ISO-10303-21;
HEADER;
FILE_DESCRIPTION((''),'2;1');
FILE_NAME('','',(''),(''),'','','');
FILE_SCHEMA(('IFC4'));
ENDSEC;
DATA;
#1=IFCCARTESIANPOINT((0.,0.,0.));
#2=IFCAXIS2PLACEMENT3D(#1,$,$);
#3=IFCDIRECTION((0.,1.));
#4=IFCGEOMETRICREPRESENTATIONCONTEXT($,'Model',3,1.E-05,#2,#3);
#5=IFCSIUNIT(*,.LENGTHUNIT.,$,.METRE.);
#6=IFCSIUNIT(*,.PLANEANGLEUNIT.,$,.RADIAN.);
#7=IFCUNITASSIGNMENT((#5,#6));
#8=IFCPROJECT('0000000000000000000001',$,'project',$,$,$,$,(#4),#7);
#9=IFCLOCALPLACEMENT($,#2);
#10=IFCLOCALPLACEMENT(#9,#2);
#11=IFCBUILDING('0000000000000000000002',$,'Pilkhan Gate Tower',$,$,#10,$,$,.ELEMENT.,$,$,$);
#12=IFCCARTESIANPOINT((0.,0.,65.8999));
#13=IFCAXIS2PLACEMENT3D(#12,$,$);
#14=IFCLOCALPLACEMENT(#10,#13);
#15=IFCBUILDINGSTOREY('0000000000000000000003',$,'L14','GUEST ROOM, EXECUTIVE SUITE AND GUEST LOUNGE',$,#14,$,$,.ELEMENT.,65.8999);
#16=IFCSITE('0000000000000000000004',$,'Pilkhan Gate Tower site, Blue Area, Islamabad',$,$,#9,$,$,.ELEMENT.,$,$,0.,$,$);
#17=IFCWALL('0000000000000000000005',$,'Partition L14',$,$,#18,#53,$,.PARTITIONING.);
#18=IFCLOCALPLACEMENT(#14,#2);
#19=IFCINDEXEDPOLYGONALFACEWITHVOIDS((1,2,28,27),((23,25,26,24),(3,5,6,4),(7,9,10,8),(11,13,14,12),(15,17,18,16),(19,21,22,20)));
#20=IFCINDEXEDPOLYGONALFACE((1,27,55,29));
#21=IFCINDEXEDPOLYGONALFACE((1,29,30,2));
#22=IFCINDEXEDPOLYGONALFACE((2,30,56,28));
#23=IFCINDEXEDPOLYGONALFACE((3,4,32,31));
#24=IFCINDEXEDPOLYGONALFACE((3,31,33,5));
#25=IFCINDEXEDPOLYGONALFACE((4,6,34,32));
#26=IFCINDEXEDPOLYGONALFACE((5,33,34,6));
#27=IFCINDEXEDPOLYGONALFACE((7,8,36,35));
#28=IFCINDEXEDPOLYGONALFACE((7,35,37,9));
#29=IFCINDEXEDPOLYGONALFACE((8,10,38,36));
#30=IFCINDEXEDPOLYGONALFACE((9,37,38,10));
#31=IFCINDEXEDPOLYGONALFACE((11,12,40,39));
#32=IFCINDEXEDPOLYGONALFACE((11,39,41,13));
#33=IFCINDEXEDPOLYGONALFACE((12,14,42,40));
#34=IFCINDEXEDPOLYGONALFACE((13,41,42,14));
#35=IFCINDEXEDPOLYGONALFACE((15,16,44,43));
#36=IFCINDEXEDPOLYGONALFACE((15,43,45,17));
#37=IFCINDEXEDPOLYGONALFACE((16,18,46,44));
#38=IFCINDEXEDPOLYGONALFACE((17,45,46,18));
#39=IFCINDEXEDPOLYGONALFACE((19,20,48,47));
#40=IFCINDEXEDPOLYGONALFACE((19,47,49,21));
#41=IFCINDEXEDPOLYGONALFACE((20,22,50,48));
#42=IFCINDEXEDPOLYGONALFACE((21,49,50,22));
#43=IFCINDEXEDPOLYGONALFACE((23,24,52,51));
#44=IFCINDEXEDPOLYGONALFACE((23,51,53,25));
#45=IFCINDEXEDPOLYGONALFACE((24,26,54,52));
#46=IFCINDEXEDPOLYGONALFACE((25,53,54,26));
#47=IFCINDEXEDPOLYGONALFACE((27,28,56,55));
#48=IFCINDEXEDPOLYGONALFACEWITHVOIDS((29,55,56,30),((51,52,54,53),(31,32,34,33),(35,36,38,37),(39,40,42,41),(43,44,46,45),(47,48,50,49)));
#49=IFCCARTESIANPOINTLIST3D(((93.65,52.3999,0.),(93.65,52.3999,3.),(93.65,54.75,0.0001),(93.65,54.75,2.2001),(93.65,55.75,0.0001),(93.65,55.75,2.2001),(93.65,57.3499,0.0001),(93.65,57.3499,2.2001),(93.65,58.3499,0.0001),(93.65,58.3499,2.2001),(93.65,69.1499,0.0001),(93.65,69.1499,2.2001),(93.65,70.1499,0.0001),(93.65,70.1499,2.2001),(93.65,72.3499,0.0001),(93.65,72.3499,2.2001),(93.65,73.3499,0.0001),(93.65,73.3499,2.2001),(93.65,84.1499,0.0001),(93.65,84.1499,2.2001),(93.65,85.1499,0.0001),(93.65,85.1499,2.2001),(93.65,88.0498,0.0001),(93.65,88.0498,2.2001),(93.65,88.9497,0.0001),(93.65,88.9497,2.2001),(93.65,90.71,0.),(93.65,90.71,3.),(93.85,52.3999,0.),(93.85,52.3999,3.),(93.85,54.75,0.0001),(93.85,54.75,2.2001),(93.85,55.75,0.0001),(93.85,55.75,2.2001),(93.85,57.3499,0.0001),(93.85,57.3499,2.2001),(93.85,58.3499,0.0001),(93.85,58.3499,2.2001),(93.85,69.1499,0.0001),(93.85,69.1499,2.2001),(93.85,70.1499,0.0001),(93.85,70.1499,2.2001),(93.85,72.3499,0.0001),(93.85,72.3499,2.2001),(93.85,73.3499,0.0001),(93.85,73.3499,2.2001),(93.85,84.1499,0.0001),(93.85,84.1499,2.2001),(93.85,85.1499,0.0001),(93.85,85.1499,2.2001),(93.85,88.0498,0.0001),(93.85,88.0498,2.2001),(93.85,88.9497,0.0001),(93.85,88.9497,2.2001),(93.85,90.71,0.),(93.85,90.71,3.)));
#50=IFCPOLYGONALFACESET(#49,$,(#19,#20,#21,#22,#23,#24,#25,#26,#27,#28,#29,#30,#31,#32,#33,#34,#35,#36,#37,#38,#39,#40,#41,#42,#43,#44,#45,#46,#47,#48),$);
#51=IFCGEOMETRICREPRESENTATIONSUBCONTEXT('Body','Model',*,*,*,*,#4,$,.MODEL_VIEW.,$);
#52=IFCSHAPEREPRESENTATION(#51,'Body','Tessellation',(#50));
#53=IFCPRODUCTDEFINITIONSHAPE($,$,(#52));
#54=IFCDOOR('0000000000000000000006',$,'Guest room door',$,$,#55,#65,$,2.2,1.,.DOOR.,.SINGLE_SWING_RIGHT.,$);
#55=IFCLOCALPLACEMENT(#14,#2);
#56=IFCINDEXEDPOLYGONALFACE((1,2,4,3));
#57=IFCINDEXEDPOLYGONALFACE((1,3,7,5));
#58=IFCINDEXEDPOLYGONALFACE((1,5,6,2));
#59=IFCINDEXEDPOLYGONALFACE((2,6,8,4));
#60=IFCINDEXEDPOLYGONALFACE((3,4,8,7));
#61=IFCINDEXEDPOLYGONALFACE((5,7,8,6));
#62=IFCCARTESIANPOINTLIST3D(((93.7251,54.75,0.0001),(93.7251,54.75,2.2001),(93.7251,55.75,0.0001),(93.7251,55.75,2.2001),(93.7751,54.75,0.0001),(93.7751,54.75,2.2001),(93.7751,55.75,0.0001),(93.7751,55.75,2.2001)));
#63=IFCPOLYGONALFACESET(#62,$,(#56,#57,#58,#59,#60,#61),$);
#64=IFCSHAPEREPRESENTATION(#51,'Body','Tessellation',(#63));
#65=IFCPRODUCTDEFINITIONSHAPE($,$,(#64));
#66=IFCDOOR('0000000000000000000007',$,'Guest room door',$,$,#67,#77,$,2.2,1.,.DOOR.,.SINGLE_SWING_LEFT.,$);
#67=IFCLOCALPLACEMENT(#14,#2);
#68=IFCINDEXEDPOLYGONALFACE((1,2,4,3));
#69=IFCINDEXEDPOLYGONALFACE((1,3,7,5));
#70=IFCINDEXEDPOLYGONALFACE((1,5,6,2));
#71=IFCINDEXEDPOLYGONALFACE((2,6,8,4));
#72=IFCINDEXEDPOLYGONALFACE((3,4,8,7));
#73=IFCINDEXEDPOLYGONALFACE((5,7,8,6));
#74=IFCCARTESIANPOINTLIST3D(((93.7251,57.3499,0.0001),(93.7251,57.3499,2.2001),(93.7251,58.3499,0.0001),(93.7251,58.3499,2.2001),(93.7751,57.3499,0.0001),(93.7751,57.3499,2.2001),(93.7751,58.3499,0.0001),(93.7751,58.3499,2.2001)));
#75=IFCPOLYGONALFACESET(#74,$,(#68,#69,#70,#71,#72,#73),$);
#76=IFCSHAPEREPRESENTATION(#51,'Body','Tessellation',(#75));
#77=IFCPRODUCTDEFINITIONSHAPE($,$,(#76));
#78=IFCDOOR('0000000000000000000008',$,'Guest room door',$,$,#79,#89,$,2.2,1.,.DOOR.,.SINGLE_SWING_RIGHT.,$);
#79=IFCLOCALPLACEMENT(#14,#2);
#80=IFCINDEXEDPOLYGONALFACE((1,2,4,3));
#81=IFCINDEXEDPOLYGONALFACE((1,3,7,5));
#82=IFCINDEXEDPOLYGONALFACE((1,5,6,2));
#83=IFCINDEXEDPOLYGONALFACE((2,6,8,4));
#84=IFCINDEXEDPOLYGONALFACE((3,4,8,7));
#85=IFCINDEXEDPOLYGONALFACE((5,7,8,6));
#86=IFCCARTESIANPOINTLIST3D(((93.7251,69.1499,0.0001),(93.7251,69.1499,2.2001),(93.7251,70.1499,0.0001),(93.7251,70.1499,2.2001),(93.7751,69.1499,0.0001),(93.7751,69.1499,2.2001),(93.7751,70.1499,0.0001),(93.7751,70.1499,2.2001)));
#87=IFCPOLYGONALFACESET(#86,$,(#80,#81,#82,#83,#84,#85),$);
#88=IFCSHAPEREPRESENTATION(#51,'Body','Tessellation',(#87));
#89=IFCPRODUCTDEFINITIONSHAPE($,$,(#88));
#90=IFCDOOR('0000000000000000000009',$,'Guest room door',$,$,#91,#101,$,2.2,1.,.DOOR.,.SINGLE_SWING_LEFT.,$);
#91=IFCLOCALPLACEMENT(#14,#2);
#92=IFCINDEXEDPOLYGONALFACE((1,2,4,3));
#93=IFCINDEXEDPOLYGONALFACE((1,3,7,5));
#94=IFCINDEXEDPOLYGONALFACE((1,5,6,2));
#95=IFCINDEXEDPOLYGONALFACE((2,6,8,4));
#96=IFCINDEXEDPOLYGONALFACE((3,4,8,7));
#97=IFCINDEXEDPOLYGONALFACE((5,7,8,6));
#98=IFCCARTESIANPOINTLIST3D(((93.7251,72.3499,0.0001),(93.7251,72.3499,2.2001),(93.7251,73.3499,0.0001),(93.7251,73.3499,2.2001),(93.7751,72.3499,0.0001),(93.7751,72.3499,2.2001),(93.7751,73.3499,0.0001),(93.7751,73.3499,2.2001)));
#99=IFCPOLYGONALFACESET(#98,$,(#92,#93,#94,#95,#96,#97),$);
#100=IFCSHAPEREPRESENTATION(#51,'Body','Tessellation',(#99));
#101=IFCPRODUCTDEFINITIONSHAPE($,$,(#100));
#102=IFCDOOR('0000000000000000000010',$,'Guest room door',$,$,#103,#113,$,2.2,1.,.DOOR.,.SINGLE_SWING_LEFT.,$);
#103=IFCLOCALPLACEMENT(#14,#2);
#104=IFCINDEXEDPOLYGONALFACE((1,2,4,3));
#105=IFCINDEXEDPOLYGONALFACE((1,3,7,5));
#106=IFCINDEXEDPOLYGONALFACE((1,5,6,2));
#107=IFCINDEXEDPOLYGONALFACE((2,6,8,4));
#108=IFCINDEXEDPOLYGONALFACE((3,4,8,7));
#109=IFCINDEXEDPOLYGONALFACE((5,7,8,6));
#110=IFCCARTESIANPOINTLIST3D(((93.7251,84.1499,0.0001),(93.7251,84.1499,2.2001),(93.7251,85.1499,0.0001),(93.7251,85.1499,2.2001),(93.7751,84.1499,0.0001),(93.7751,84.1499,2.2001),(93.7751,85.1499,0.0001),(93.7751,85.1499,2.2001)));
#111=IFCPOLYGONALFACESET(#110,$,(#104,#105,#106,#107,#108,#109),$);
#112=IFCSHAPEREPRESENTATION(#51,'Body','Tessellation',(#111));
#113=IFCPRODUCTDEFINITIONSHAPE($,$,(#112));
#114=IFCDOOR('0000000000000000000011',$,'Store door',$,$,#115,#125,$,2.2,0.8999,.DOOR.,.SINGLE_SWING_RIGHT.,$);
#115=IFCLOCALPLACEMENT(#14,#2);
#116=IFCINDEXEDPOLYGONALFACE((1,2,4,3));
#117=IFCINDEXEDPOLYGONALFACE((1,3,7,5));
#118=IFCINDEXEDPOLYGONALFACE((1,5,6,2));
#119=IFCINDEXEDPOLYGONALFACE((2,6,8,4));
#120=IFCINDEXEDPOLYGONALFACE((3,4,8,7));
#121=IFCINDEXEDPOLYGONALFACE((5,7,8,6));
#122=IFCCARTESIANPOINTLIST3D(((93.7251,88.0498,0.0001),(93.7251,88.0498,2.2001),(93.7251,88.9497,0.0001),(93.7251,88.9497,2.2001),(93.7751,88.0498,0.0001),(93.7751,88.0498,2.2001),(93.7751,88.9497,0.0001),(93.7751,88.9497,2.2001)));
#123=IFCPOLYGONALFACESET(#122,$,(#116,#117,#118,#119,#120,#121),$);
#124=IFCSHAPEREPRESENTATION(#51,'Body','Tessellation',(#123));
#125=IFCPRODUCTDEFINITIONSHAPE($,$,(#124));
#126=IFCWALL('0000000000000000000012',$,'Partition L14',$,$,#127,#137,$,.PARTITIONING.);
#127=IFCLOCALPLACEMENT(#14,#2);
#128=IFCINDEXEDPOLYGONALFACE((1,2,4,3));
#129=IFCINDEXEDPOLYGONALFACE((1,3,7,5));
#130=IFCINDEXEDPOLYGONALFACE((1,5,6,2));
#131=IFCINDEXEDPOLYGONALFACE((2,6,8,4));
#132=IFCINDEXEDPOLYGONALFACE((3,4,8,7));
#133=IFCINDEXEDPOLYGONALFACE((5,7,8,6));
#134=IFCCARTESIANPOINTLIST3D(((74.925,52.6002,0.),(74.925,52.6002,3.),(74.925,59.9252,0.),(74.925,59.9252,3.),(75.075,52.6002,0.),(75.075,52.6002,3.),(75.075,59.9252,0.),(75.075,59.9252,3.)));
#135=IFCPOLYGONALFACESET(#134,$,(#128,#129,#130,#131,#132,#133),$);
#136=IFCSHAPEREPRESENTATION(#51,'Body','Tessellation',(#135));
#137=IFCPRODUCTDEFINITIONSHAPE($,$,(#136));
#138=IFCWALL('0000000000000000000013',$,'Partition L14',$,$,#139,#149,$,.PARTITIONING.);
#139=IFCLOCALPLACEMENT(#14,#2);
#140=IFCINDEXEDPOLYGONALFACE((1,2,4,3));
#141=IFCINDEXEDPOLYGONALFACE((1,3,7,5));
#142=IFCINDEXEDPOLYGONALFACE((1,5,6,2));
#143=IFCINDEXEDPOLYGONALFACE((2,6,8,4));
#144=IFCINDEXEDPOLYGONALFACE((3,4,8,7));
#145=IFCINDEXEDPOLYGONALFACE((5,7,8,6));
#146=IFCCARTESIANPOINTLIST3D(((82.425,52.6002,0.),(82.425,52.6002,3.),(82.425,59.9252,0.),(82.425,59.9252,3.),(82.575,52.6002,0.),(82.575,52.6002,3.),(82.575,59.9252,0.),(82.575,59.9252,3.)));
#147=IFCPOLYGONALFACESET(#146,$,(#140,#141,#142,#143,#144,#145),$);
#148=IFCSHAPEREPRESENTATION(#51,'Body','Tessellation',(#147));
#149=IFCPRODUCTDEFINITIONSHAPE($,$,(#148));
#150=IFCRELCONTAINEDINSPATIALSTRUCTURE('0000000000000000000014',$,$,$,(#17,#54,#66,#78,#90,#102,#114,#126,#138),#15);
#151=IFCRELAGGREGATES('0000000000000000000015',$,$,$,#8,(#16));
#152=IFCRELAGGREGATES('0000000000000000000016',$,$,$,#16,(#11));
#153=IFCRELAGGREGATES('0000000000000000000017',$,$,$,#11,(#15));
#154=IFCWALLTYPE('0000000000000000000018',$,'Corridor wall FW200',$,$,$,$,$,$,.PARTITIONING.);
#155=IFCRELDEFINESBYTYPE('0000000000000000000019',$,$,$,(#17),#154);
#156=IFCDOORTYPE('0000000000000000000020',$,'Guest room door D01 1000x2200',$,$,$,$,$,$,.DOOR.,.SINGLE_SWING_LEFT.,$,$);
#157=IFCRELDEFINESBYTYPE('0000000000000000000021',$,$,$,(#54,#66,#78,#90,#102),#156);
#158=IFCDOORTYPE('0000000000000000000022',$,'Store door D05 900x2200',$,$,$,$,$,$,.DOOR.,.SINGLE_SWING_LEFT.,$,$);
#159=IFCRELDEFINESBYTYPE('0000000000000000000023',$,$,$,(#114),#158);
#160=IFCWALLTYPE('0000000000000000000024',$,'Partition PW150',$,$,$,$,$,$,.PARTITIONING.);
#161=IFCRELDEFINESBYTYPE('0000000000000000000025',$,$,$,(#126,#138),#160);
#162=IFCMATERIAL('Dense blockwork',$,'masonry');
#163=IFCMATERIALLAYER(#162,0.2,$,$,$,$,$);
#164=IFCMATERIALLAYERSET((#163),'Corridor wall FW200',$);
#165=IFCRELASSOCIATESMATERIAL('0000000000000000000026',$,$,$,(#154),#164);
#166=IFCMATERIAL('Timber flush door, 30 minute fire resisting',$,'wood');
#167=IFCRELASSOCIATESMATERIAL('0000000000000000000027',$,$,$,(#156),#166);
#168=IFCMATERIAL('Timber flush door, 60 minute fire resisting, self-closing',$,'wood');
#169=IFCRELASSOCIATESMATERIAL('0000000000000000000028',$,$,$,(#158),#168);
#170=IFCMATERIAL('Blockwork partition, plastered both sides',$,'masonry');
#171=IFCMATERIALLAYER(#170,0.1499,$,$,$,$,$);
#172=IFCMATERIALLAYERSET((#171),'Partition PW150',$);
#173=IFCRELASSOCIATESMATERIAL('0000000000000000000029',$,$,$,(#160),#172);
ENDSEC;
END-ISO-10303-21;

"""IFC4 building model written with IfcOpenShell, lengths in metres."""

from ifc_helpers import new_model, si_unit, direction, frame, frame_2d, origin, place, context, subcontext, project, spatial, rectangle, extrude, material, layer, layer_set, type_object, element, fill, save


model = new_model("IFC4")

# Units and contexts
model_context = context("Model", 3, precision=1e-05, world=origin(), true_north=direction((0.0, 1.0)))
body_context = subcontext(model_context, "Body", "Model", "MODEL_VIEW")
ifc_project = project(units=[si_unit("LENGTHUNIT", "METRE"), si_unit("PLANEANGLEUNIT", "RADIAN")], contexts=[model_context])

# Site, building, storey
site_placement = place(None, origin())
site = spatial("IfcSite", under=ifc_project, at=site_placement, Name="Pilkhan Gate Tower site, Blue Area, Islamabad", CompositionType="ELEMENT", RefElevation=0.0)
building_placement = place(site_placement, origin())
building = spatial("IfcBuilding", under=site, at=building_placement, Name="Pilkhan Gate Tower", CompositionType="ELEMENT")
storey_placement = place(building_placement, frame((0.0, 0.0, 65.8999)))
storey = spatial("IfcBuildingStorey", under=building, at=storey_placement, Name="L14", Description="GUEST ROOM, EXECUTIVE SUITE AND GUEST LOUNGE", CompositionType="ELEMENT", Elevation=65.8999)

# Shared definitions
ifc_material_1 = material(Name="Dense blockwork", Category="masonry")
ifc_layer_1 = layer(ifc_material_1, 0.2)
ifc_layer_set_1 = layer_set([ifc_layer_1], Name="Corridor wall FW200")
wall_type_1 = type_object("IfcWallType", Name="Corridor wall FW200", PredefinedType="PARTITIONING", material=ifc_layer_set_1)

# Wall, openings, doors
ifc_material_2 = material(Name="Timber flush door, 30 minute fire resisting", Category="wood")
wall_1_placement = place(storey_placement, frame((93.75, 52.3999, 0.0), z_axis=(0.0, 0.0, 1.0), x_axis=(0.0, 1.0, 0.0)))
wall_1 = element("IfcWall", 1, at=wall_1_placement, inside=storey, type_object=wall_type_1, Name="Partition L14", PredefinedType="PARTITIONING", context=body_context, shape_type="SweptSolid", body=[
    extrude(rectangle(XDim=38.3101, YDim=0.2, at=frame_2d((19.155, 0.0))), origin(), (0.0, 0.0, 1.0), 3.0),
])
opening_1_placement = place(wall_1_placement, frame((2.3501, 0.0, 0.0)))
opening_1 = element("IfcOpeningElement", 2, at=opening_1_placement, cuts=wall_1, PredefinedType="OPENING", context=body_context, shape_type="SweptSolid", body=[
    extrude(rectangle(XDim=1.0, YDim=2.2, at=frame_2d((0.5, 1.1001))), frame((0.0, 0.1099, 0.0), z_axis=(0.0, -1.0, 0.0), x_axis=(1.0, 0.0, 0.0)), (0.0, 0.0, 1.0), 0.22),
])
opening_2_placement = place(wall_1_placement, frame((4.95, 0.0, 0.0)))
opening_2 = element("IfcOpeningElement", 3, at=opening_2_placement, cuts=wall_1, PredefinedType="OPENING", context=body_context, shape_type="SweptSolid", body=[
    extrude(rectangle(XDim=1.0, YDim=2.2, at=frame_2d((0.5, 1.1001))), frame((0.0, 0.1099, 0.0), z_axis=(0.0, -1.0, 0.0), x_axis=(1.0, 0.0, 0.0)), (0.0, 0.0, 1.0), 0.22),
])
opening_3_placement = place(wall_1_placement, frame((16.75, 0.0, 0.0)))
opening_3 = element("IfcOpeningElement", 4, at=opening_3_placement, cuts=wall_1, PredefinedType="OPENING", context=body_context, shape_type="SweptSolid", body=[
    extrude(rectangle(XDim=1.0, YDim=2.2, at=frame_2d((0.5, 1.1001))), frame((0.0, 0.1099, 0.0), z_axis=(0.0, -1.0, 0.0), x_axis=(1.0, 0.0, 0.0)), (0.0, 0.0, 1.0), 0.22),
])
opening_4_placement = place(wall_1_placement, frame((19.95, 0.0, 0.0)))
opening_4 = element("IfcOpeningElement", 5, at=opening_4_placement, cuts=wall_1, PredefinedType="OPENING", context=body_context, shape_type="SweptSolid", body=[
    extrude(rectangle(XDim=1.0, YDim=2.2, at=frame_2d((0.5, 1.1001))), frame((0.0, 0.1099, 0.0), z_axis=(0.0, -1.0, 0.0), x_axis=(1.0, 0.0, 0.0)), (0.0, 0.0, 1.0), 0.22),
])
opening_5_placement = place(wall_1_placement, frame((31.75, 0.0, 0.0)))
opening_5 = element("IfcOpeningElement", 6, at=opening_5_placement, cuts=wall_1, PredefinedType="OPENING", context=body_context, shape_type="SweptSolid", body=[
    extrude(rectangle(XDim=1.0, YDim=2.2, at=frame_2d((0.5, 1.1001))), frame((0.0, 0.1099, 0.0), z_axis=(0.0, -1.0, 0.0), x_axis=(1.0, 0.0, 0.0)), (0.0, 0.0, 1.0), 0.22),
])
opening_6_placement = place(wall_1_placement, frame((35.6499, 0.0, 0.0)))
opening_6 = element("IfcOpeningElement", 7, at=opening_6_placement, cuts=wall_1, PredefinedType="OPENING", context=body_context, shape_type="SweptSolid", body=[
    extrude(rectangle(XDim=0.8999, YDim=2.2, at=frame_2d((0.45, 1.1001))), frame((0.0, 0.1099, 0.0), z_axis=(0.0, -1.0, 0.0), x_axis=(1.0, 0.0, 0.0)), (0.0, 0.0, 1.0), 0.22),
])
door_type_1 = type_object("IfcDoorType", Name="Guest room door D01 1000x2200", OperationType="SINGLE_SWING_LEFT", PredefinedType="DOOR", material=ifc_material_2)
door_1_placement = place(opening_1_placement, origin())
door_1 = element("IfcDoor", 8, at=door_1_placement, inside=storey, type_object=door_type_1, Name="Guest room door", OperationType="SINGLE_SWING_RIGHT", OverallHeight=2.2, OverallWidth=1.0, PredefinedType="DOOR", context=body_context, shape_type="SweptSolid", body=[
    extrude(rectangle(XDim=1.0, YDim=2.2, at=frame_2d((0.5, 1.1001))), frame((0.0, 0.0249, 0.0), z_axis=(0.0, -1.0, 0.0), x_axis=(1.0, 0.0, 0.0)), (0.0, 0.0, 1.0), 0.05),
])
fill(opening_1, door_1)
door_2_placement = place(opening_2_placement, origin())
door_2 = element("IfcDoor", 9, at=door_2_placement, inside=storey, type_object=door_type_1, Name="Guest room door", OperationType="SINGLE_SWING_LEFT", OverallHeight=2.2, OverallWidth=1.0, PredefinedType="DOOR", context=body_context, shape_type="SweptSolid", body=[
    extrude(rectangle(XDim=1.0, YDim=2.2, at=frame_2d((0.5, 1.1001))), frame((0.0, 0.0249, 0.0), z_axis=(0.0, -1.0, 0.0), x_axis=(1.0, 0.0, 0.0)), (0.0, 0.0, 1.0), 0.05),
])
fill(opening_2, door_2)
door_3_placement = place(opening_3_placement, origin())
door_3 = element("IfcDoor", 10, at=door_3_placement, inside=storey, type_object=door_type_1, Name="Guest room door", OperationType="SINGLE_SWING_RIGHT", OverallHeight=2.2, OverallWidth=1.0, PredefinedType="DOOR", context=body_context, shape_type="SweptSolid", body=[
    extrude(rectangle(XDim=1.0, YDim=2.2, at=frame_2d((0.5, 1.1001))), frame((0.0, 0.0249, 0.0), z_axis=(0.0, -1.0, 0.0), x_axis=(1.0, 0.0, 0.0)), (0.0, 0.0, 1.0), 0.05),
])
fill(opening_3, door_3)
door_4_placement = place(opening_4_placement, origin())
door_4 = element("IfcDoor", 11, at=door_4_placement, inside=storey, type_object=door_type_1, Name="Guest room door", OperationType="SINGLE_SWING_LEFT", OverallHeight=2.2, OverallWidth=1.0, PredefinedType="DOOR", context=body_context, shape_type="SweptSolid", body=[
    extrude(rectangle(XDim=1.0, YDim=2.2, at=frame_2d((0.5, 1.1001))), frame((0.0, 0.0249, 0.0), z_axis=(0.0, -1.0, 0.0), x_axis=(1.0, 0.0, 0.0)), (0.0, 0.0, 1.0), 0.05),
])
fill(opening_4, door_4)
door_5_placement = place(opening_5_placement, origin())
door_5 = element("IfcDoor", 12, at=door_5_placement, inside=storey, type_object=door_type_1, Name="Guest room door", OperationType="SINGLE_SWING_LEFT", OverallHeight=2.2, OverallWidth=1.0, PredefinedType="DOOR", context=body_context, shape_type="SweptSolid", body=[
    extrude(rectangle(XDim=1.0, YDim=2.2, at=frame_2d((0.5, 1.1001))), frame((0.0, 0.0249, 0.0), z_axis=(0.0, -1.0, 0.0), x_axis=(1.0, 0.0, 0.0)), (0.0, 0.0, 1.0), 0.05),
])
fill(opening_5, door_5)
ifc_material_3 = material(Name="Timber flush door, 60 minute fire resisting, self-closing", Category="wood")
door_type_2 = type_object("IfcDoorType", Name="Store door D05 900x2200", OperationType="SINGLE_SWING_LEFT", PredefinedType="DOOR", material=ifc_material_3)
door_6_placement = place(opening_6_placement, origin())
door_6 = element("IfcDoor", 13, at=door_6_placement, inside=storey, type_object=door_type_2, Name="Store door", OperationType="SINGLE_SWING_RIGHT", OverallHeight=2.2, OverallWidth=0.8999, PredefinedType="DOOR", context=body_context, shape_type="SweptSolid", body=[
    extrude(rectangle(XDim=0.8999, YDim=2.2, at=frame_2d((0.45, 1.1001))), frame((0.0, 0.0249, 0.0), z_axis=(0.0, -1.0, 0.0), x_axis=(1.0, 0.0, 0.0)), (0.0, 0.0, 1.0), 0.05),
])
fill(opening_6, door_6)

# Walls
ifc_material_4 = material(Name="Blockwork partition, plastered both sides", Category="masonry")
ifc_layer_2 = layer(ifc_material_4, 0.1499)
ifc_layer_set_2 = layer_set([ifc_layer_2], Name="Partition PW150")
wall_type_2 = type_object("IfcWallType", Name="Partition PW150", PredefinedType="PARTITIONING", material=ifc_layer_set_2)
for number, where, z_axis, x_axis, name in (
    (14, (75.0, 52.6001, 0.0), (0.0, 0.0, 1.0), (0.0, 1.0, 0.0), "Partition L14"),
    (15, (82.5, 52.6001, 0.0), (0.0, 0.0, 1.0), (0.0, 1.0, 0.0), "Partition L14"),
):
    element("IfcWall", number, at=place(storey_placement, frame(where, z_axis=z_axis, x_axis=x_axis)), inside=storey, type_object=wall_type_2, Name=name, PredefinedType="PARTITIONING", context=body_context, shape_type="SweptSolid", body=[
        extrude(rectangle(XDim=7.325, YDim=0.1499, at=frame_2d((3.6626, 0.0))), origin(), (0.0, 0.0, 1.0), 3.0),
    ])

save(model, "model.ifc")
